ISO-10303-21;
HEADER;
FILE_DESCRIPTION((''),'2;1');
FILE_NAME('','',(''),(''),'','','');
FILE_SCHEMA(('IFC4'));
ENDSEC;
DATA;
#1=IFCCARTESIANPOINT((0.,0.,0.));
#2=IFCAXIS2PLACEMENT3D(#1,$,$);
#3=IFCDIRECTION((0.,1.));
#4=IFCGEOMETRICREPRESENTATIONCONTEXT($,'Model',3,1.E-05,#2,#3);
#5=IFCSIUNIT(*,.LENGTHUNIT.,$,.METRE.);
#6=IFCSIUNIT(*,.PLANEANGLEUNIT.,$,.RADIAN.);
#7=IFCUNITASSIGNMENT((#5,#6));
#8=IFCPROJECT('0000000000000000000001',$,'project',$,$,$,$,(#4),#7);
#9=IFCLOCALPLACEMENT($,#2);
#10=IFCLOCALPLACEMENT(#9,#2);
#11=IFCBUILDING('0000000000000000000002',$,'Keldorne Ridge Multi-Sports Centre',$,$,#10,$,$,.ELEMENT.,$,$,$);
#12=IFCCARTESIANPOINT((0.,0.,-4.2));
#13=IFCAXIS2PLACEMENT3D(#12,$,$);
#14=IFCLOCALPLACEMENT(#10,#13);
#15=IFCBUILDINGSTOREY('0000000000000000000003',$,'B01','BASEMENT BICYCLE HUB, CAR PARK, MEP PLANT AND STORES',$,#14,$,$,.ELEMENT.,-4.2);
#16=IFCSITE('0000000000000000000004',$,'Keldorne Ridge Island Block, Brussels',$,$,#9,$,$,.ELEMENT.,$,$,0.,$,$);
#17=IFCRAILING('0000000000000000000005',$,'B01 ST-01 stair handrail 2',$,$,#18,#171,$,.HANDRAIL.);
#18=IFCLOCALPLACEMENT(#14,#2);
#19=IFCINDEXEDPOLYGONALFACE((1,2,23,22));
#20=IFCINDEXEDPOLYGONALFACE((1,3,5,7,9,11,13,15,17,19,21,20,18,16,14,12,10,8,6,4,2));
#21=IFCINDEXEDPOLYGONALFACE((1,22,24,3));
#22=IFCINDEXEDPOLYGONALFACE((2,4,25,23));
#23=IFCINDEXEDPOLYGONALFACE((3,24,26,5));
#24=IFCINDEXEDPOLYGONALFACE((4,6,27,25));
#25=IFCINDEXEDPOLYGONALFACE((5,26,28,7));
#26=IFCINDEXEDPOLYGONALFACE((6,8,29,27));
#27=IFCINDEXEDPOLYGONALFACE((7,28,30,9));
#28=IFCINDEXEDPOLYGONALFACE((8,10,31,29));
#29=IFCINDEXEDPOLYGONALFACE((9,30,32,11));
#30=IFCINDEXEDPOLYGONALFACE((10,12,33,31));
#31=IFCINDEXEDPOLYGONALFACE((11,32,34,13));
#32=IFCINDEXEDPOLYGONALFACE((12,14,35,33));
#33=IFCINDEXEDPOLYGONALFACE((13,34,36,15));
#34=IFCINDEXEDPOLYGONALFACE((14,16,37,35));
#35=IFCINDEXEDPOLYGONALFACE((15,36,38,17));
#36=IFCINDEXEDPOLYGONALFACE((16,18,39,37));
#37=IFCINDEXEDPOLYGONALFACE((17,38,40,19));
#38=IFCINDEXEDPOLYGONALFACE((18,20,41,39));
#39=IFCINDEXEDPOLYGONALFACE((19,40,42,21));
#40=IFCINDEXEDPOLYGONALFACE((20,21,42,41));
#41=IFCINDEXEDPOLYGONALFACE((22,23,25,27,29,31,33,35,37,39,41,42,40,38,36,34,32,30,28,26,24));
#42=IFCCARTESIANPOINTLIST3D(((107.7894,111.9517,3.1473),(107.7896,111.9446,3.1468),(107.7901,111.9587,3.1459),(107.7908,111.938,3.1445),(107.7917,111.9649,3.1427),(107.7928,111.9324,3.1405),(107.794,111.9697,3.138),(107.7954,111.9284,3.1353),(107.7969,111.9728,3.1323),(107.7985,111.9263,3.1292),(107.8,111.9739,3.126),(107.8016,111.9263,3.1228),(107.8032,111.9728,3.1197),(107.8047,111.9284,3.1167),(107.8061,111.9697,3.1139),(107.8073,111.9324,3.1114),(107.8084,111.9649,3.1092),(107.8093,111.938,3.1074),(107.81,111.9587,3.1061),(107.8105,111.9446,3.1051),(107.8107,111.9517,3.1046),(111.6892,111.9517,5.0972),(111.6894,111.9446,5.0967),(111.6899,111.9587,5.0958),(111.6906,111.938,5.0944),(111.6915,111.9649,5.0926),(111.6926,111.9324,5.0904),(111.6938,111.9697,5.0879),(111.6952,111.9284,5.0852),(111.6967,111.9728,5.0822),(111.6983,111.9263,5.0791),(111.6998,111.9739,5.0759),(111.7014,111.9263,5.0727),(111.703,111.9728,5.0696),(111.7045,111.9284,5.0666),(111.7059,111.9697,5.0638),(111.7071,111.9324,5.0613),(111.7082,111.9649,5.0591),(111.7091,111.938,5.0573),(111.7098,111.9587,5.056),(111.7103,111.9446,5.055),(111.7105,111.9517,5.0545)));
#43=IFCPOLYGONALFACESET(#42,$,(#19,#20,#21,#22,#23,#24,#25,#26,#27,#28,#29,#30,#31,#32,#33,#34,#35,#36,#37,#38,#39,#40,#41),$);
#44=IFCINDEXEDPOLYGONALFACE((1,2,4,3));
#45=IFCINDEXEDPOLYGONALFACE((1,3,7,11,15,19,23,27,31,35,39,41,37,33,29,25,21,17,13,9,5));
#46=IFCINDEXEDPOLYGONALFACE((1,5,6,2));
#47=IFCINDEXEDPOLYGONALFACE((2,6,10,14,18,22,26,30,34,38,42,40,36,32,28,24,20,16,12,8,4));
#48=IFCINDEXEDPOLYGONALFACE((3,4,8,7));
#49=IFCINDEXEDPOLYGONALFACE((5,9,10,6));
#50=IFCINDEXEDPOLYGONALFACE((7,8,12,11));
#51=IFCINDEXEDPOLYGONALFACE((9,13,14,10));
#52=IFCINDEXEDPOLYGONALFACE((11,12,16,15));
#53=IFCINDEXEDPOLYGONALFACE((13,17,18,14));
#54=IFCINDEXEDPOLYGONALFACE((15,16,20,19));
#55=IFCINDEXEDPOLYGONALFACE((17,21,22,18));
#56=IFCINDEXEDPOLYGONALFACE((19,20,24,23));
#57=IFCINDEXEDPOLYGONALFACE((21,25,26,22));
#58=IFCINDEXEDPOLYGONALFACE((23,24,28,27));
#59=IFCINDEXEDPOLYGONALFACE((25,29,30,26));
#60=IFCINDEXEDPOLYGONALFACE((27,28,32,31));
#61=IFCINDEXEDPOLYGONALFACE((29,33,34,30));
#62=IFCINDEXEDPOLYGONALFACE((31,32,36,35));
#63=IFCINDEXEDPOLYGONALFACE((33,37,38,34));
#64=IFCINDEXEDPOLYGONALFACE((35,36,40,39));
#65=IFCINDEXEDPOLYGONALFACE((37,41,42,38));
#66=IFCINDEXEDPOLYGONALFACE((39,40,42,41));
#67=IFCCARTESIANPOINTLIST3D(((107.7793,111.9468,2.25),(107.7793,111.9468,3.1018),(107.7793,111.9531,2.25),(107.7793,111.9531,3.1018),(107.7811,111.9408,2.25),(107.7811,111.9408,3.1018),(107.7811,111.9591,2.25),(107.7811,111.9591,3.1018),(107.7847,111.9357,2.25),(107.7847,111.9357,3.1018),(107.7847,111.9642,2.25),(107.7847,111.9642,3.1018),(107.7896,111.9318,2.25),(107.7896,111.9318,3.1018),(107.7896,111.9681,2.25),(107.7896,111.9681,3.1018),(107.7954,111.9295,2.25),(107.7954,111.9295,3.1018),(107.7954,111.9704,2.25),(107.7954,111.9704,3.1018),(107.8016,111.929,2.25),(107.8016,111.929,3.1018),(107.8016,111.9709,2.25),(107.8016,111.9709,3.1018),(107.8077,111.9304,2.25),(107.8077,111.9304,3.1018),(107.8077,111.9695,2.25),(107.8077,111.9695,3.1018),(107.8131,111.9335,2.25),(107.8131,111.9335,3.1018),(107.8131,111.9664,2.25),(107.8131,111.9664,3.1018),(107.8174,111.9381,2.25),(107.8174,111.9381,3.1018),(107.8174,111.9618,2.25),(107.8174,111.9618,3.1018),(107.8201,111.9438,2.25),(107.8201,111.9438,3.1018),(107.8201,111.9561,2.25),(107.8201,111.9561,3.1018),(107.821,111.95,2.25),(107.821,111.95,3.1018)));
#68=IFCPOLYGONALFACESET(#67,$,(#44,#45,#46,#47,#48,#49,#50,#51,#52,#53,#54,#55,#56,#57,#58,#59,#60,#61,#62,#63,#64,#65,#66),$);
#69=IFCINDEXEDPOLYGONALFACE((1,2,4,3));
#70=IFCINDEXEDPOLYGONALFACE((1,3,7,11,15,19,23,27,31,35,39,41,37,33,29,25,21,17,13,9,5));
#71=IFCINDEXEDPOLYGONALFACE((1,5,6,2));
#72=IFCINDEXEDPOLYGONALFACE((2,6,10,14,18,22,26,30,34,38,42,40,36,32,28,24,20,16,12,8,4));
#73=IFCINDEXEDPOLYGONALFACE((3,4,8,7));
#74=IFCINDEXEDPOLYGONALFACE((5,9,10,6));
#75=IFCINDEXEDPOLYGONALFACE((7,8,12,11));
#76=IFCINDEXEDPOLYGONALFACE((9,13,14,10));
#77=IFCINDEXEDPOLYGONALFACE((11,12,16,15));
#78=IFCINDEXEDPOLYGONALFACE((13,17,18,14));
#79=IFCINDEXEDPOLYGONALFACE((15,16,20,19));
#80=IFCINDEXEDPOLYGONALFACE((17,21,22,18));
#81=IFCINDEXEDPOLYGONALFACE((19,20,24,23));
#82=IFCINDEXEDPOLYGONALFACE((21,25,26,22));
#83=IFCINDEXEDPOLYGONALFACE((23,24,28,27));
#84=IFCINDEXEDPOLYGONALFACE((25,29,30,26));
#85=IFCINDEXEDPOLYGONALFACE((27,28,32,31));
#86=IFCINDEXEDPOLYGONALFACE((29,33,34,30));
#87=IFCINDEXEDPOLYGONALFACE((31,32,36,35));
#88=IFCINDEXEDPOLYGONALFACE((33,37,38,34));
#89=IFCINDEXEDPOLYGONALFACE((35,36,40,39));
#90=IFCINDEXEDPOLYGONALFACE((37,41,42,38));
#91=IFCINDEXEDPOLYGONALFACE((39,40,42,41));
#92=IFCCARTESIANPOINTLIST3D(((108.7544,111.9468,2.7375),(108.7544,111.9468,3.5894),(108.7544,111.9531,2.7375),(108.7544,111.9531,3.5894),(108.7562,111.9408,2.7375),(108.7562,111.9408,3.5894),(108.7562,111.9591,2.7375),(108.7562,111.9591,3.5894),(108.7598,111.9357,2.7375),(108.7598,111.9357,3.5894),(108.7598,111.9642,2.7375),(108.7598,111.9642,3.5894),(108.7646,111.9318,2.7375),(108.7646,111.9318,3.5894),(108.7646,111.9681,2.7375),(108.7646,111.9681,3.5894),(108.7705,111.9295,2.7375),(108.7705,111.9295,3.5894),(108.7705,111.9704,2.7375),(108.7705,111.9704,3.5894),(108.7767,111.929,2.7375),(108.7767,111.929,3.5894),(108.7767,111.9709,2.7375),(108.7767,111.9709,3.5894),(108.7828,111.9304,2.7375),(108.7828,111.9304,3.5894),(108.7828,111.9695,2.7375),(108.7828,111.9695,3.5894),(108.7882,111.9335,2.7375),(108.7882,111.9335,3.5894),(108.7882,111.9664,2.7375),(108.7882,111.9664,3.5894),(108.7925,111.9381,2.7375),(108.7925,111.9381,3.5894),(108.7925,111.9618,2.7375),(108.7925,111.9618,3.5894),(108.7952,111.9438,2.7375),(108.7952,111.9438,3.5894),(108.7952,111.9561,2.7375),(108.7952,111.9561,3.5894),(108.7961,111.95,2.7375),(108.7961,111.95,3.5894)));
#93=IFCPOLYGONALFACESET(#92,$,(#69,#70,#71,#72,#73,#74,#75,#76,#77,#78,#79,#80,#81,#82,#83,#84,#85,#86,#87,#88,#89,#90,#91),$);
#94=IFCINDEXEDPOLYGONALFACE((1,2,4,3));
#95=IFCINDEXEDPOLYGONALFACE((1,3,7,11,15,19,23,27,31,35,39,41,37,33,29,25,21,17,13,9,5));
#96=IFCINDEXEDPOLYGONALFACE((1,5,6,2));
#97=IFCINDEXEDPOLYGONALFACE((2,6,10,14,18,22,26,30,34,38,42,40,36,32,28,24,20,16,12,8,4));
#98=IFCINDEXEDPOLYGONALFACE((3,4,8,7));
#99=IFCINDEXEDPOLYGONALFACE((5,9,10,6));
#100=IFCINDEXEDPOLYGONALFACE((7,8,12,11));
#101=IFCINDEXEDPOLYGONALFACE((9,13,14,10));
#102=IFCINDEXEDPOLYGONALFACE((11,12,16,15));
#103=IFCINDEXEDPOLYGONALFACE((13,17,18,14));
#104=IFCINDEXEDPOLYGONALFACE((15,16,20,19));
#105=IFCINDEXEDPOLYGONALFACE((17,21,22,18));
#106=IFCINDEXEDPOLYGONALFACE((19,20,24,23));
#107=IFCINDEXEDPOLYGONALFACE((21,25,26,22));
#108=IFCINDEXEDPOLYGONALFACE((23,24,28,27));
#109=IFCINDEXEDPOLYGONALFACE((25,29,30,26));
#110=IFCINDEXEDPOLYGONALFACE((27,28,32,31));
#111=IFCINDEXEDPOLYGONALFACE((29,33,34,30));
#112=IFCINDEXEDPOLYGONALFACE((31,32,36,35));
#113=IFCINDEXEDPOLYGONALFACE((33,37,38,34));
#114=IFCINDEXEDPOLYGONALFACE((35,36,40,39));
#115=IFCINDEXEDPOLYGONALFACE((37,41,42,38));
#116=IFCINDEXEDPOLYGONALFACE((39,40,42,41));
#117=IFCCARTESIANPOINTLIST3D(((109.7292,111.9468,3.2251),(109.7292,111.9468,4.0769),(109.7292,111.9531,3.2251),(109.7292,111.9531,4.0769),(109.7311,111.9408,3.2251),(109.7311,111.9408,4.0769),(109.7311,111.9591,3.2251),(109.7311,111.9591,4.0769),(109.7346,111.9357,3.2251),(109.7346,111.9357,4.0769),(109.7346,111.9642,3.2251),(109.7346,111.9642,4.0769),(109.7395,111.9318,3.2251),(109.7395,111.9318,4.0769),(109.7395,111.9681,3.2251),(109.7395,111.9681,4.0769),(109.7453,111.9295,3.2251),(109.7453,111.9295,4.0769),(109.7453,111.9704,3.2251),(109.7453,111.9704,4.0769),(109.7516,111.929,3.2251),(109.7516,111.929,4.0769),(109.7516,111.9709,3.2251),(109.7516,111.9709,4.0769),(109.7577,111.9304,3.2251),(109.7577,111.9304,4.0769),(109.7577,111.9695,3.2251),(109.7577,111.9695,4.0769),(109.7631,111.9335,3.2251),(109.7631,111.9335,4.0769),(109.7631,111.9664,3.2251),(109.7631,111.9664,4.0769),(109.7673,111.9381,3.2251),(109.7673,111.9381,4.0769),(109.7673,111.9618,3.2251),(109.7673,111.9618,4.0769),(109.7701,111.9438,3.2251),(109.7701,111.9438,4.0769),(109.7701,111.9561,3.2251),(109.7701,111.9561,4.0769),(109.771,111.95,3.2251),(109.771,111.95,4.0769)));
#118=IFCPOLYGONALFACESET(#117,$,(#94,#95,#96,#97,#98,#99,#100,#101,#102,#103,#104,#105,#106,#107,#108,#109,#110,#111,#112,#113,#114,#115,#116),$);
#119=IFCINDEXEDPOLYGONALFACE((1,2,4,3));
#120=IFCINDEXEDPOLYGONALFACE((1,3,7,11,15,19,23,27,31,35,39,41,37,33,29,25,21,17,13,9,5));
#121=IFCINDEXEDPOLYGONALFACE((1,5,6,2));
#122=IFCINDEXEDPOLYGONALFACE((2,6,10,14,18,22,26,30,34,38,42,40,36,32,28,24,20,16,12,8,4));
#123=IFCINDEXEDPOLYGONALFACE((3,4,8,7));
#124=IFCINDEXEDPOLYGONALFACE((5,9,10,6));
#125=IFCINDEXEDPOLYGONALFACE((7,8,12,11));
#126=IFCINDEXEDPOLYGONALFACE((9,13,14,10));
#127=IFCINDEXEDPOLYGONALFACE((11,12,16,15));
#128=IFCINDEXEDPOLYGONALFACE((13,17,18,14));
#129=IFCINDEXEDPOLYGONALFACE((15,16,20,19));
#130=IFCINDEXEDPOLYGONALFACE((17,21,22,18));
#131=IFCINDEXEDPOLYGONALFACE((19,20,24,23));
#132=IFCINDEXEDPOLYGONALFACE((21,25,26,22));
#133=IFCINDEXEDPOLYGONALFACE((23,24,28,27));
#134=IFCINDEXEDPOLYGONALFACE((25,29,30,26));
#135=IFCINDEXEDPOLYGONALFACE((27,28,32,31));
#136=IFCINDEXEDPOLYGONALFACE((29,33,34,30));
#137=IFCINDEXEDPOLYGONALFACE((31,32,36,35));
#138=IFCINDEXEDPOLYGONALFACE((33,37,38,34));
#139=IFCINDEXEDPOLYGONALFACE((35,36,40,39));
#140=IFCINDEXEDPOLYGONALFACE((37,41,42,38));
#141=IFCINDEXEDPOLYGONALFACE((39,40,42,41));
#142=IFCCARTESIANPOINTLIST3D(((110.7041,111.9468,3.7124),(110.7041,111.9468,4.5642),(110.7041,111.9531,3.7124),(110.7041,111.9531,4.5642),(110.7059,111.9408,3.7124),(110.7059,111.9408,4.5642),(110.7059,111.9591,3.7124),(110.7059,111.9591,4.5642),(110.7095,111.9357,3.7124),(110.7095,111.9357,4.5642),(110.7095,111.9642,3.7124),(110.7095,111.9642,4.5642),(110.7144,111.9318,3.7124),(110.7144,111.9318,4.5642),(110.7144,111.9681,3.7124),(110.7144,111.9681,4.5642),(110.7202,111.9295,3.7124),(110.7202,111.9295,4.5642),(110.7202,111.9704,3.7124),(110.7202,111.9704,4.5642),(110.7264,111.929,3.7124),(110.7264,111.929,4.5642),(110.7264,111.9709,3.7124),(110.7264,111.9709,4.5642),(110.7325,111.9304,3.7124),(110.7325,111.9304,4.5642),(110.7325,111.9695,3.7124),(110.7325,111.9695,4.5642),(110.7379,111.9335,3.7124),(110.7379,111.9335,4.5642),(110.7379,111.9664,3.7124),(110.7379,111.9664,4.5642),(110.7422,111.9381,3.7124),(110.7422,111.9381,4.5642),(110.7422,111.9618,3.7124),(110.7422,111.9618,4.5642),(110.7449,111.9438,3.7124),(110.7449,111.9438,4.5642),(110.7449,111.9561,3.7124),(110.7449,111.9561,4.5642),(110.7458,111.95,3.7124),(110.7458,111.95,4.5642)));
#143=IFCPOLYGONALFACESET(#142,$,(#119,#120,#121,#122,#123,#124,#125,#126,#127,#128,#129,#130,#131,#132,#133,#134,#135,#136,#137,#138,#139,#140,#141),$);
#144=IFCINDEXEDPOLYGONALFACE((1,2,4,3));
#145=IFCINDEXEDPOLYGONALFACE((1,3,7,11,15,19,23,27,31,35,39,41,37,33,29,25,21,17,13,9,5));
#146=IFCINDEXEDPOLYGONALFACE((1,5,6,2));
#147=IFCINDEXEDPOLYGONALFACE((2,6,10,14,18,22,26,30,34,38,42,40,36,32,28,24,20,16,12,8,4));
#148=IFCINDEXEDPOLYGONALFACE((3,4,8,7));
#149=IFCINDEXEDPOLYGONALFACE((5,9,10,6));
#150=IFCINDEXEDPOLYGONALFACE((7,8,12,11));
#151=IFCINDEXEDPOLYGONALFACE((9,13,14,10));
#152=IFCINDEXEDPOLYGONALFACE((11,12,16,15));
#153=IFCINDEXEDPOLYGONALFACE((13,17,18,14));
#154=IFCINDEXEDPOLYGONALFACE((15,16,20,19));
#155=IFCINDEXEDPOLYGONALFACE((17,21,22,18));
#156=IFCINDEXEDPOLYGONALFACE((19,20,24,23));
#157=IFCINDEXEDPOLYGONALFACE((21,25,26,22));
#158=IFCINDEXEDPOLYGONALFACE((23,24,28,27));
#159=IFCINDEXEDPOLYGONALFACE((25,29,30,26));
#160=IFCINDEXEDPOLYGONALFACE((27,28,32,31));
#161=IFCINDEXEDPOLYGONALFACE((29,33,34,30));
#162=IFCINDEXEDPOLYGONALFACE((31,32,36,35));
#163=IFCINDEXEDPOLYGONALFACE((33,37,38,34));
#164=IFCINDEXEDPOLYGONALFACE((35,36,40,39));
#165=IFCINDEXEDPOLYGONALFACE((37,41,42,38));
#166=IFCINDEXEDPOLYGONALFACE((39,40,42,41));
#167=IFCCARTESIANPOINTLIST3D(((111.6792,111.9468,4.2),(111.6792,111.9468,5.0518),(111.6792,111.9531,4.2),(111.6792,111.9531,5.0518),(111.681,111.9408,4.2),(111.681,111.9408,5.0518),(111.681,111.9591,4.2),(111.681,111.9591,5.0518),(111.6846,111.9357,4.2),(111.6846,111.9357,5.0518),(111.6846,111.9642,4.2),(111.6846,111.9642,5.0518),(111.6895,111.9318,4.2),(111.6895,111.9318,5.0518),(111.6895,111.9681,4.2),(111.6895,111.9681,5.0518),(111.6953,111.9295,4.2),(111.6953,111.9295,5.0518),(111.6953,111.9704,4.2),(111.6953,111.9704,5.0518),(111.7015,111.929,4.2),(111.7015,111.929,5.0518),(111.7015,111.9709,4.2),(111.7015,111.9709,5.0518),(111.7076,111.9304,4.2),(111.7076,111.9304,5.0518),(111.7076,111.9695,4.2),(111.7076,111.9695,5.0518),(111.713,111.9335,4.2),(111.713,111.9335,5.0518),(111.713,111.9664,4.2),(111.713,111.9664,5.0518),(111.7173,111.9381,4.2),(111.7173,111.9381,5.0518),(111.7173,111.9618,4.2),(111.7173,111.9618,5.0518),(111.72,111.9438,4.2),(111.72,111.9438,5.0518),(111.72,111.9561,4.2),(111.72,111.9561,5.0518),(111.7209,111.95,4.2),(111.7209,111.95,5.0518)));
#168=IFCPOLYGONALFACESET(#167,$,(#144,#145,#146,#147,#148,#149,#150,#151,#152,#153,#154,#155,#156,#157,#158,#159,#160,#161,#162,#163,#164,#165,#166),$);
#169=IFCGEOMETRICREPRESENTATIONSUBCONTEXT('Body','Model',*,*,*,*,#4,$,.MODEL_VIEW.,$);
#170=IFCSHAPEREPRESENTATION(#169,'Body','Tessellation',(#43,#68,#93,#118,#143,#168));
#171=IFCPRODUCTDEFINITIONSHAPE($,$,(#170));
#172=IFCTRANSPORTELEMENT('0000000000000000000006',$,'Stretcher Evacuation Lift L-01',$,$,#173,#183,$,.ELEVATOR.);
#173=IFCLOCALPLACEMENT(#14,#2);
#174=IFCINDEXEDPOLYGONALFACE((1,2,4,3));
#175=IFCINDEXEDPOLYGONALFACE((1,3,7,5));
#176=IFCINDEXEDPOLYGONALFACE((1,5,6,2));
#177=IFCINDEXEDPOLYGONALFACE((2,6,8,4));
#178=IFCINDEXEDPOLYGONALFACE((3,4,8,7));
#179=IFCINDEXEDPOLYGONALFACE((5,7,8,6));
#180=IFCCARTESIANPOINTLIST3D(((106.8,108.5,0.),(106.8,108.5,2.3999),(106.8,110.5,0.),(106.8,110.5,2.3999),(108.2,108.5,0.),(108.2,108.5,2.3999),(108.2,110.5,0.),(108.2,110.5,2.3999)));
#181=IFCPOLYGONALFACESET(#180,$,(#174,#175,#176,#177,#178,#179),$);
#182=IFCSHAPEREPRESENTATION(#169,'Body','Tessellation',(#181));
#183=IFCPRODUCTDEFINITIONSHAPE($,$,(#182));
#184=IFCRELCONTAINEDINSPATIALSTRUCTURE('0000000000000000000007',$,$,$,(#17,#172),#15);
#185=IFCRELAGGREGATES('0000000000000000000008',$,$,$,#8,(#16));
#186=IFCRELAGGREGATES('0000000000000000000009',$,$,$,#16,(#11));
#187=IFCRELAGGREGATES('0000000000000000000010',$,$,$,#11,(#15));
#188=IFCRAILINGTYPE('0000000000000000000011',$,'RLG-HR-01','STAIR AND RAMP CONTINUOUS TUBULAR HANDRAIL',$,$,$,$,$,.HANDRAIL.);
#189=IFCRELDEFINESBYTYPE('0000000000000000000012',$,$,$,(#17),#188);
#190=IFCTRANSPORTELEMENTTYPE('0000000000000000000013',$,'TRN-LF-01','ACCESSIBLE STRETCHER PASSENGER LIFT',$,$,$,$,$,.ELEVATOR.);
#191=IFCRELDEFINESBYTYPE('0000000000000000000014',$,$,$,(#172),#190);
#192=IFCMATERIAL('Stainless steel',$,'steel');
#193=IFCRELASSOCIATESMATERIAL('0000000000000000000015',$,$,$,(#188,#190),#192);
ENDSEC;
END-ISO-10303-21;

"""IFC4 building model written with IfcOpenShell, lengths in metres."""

from ifc_helpers import new_model, si_unit, direction, frame, origin, origin_2d, place, context, subcontext, project, spatial, rectangle, circle, extrude, material, type_object, element, save


model = new_model("IFC4")

# Units and contexts
model_context = context("Model", 3, precision=1e-05, world=origin(), true_north=direction((0.0, 1.0)))
body_context = subcontext(model_context, "Body", "Model", "MODEL_VIEW")
ifc_project = project(units=[si_unit("LENGTHUNIT", "METRE"), si_unit("PLANEANGLEUNIT", "RADIAN")], contexts=[model_context])

# Site, building, storey
site_placement = place(None, origin())
site = spatial("IfcSite", under=ifc_project, at=site_placement, Name="Keldorne Ridge Island Block, Brussels", CompositionType="ELEMENT", RefElevation=0.0)
building_placement = place(site_placement, origin())
building = spatial("IfcBuilding", under=site, at=building_placement, Name="Keldorne Ridge Multi-Sports Centre", CompositionType="ELEMENT")
storey_placement = place(building_placement, frame((0.0, 0.0, -4.2)))
storey = spatial("IfcBuildingStorey", under=building, at=storey_placement, Name="B01", Description="BASEMENT BICYCLE HUB, CAR PARK, MEP PLANT AND STORES", CompositionType="ELEMENT", Elevation=-4.2)

# Railing
ifc_material_1 = material(Name="Stainless steel", Category="steel")
railing_type_1 = type_object("IfcRailingType", Name="RLG-HR-01", Description="STAIR AND RAMP CONTINUOUS TUBULAR HANDRAIL", PredefinedType="HANDRAIL", material=ifc_material_1)
railing_1_placement = place(storey_placement, frame((107.8, 111.95, 2.25)))
element("IfcRailing", 1, at=railing_1_placement, inside=storey, type_object=railing_type_1, Name="B01 ST-01 stair handrail 2", PredefinedType="HANDRAIL", context=body_context, shape_type="SweptSolid", body=[
    extrude(circle(Radius=0.0239, at=origin_2d()), frame((0.0, 0.0, 0.876), z_axis=(0.894427, 0.0, 0.447214), x_axis=(0.0, 1.0, 0.0)), (0.0, 0.0, 1.0), 4.3601),
    extrude(circle(Radius=0.021, at=origin_2d()), origin(), (0.0, 0.0, 1.0), 0.8518),
    extrude(circle(Radius=0.021, at=origin_2d()), frame((0.9751, 0.0, 0.4875)), (0.0, 0.0, 1.0), 0.8518),
    extrude(circle(Radius=0.021, at=origin_2d()), frame((1.95, 0.0, 0.9751)), (0.0, 0.0, 1.0), 0.8518),
    extrude(circle(Radius=0.021, at=origin_2d()), frame((2.9248, 0.0, 1.4624)), (0.0, 0.0, 1.0), 0.8518),
    extrude(circle(Radius=0.021, at=origin_2d()), frame((3.8999, 0.0, 1.95)), (0.0, 0.0, 1.0), 0.8518),
])

# Transport element
transport_element_type = type_object("IfcTransportElementType", Name="TRN-LF-01", Description="ACCESSIBLE STRETCHER PASSENGER LIFT", PredefinedType="ELEVATOR", material=ifc_material_1)
transport_element_placement = place(storey_placement, frame((107.5, 109.5, 0.0), z_axis=(0.0, 0.0, 1.0), x_axis=(1.0, 0.0, 0.0)))
element("IfcTransportElement", 2, at=transport_element_placement, inside=storey, type_object=transport_element_type, Name="Stretcher Evacuation Lift L-01", PredefinedType="ELEVATOR", context=body_context, shape_type="SweptSolid", body=[
    extrude(rectangle(XDim=1.3999, YDim=2.0, at=origin_2d()), origin(), (0.0, 0.0, 1.0), 2.3999),
])

save(model, "model.ifc")
